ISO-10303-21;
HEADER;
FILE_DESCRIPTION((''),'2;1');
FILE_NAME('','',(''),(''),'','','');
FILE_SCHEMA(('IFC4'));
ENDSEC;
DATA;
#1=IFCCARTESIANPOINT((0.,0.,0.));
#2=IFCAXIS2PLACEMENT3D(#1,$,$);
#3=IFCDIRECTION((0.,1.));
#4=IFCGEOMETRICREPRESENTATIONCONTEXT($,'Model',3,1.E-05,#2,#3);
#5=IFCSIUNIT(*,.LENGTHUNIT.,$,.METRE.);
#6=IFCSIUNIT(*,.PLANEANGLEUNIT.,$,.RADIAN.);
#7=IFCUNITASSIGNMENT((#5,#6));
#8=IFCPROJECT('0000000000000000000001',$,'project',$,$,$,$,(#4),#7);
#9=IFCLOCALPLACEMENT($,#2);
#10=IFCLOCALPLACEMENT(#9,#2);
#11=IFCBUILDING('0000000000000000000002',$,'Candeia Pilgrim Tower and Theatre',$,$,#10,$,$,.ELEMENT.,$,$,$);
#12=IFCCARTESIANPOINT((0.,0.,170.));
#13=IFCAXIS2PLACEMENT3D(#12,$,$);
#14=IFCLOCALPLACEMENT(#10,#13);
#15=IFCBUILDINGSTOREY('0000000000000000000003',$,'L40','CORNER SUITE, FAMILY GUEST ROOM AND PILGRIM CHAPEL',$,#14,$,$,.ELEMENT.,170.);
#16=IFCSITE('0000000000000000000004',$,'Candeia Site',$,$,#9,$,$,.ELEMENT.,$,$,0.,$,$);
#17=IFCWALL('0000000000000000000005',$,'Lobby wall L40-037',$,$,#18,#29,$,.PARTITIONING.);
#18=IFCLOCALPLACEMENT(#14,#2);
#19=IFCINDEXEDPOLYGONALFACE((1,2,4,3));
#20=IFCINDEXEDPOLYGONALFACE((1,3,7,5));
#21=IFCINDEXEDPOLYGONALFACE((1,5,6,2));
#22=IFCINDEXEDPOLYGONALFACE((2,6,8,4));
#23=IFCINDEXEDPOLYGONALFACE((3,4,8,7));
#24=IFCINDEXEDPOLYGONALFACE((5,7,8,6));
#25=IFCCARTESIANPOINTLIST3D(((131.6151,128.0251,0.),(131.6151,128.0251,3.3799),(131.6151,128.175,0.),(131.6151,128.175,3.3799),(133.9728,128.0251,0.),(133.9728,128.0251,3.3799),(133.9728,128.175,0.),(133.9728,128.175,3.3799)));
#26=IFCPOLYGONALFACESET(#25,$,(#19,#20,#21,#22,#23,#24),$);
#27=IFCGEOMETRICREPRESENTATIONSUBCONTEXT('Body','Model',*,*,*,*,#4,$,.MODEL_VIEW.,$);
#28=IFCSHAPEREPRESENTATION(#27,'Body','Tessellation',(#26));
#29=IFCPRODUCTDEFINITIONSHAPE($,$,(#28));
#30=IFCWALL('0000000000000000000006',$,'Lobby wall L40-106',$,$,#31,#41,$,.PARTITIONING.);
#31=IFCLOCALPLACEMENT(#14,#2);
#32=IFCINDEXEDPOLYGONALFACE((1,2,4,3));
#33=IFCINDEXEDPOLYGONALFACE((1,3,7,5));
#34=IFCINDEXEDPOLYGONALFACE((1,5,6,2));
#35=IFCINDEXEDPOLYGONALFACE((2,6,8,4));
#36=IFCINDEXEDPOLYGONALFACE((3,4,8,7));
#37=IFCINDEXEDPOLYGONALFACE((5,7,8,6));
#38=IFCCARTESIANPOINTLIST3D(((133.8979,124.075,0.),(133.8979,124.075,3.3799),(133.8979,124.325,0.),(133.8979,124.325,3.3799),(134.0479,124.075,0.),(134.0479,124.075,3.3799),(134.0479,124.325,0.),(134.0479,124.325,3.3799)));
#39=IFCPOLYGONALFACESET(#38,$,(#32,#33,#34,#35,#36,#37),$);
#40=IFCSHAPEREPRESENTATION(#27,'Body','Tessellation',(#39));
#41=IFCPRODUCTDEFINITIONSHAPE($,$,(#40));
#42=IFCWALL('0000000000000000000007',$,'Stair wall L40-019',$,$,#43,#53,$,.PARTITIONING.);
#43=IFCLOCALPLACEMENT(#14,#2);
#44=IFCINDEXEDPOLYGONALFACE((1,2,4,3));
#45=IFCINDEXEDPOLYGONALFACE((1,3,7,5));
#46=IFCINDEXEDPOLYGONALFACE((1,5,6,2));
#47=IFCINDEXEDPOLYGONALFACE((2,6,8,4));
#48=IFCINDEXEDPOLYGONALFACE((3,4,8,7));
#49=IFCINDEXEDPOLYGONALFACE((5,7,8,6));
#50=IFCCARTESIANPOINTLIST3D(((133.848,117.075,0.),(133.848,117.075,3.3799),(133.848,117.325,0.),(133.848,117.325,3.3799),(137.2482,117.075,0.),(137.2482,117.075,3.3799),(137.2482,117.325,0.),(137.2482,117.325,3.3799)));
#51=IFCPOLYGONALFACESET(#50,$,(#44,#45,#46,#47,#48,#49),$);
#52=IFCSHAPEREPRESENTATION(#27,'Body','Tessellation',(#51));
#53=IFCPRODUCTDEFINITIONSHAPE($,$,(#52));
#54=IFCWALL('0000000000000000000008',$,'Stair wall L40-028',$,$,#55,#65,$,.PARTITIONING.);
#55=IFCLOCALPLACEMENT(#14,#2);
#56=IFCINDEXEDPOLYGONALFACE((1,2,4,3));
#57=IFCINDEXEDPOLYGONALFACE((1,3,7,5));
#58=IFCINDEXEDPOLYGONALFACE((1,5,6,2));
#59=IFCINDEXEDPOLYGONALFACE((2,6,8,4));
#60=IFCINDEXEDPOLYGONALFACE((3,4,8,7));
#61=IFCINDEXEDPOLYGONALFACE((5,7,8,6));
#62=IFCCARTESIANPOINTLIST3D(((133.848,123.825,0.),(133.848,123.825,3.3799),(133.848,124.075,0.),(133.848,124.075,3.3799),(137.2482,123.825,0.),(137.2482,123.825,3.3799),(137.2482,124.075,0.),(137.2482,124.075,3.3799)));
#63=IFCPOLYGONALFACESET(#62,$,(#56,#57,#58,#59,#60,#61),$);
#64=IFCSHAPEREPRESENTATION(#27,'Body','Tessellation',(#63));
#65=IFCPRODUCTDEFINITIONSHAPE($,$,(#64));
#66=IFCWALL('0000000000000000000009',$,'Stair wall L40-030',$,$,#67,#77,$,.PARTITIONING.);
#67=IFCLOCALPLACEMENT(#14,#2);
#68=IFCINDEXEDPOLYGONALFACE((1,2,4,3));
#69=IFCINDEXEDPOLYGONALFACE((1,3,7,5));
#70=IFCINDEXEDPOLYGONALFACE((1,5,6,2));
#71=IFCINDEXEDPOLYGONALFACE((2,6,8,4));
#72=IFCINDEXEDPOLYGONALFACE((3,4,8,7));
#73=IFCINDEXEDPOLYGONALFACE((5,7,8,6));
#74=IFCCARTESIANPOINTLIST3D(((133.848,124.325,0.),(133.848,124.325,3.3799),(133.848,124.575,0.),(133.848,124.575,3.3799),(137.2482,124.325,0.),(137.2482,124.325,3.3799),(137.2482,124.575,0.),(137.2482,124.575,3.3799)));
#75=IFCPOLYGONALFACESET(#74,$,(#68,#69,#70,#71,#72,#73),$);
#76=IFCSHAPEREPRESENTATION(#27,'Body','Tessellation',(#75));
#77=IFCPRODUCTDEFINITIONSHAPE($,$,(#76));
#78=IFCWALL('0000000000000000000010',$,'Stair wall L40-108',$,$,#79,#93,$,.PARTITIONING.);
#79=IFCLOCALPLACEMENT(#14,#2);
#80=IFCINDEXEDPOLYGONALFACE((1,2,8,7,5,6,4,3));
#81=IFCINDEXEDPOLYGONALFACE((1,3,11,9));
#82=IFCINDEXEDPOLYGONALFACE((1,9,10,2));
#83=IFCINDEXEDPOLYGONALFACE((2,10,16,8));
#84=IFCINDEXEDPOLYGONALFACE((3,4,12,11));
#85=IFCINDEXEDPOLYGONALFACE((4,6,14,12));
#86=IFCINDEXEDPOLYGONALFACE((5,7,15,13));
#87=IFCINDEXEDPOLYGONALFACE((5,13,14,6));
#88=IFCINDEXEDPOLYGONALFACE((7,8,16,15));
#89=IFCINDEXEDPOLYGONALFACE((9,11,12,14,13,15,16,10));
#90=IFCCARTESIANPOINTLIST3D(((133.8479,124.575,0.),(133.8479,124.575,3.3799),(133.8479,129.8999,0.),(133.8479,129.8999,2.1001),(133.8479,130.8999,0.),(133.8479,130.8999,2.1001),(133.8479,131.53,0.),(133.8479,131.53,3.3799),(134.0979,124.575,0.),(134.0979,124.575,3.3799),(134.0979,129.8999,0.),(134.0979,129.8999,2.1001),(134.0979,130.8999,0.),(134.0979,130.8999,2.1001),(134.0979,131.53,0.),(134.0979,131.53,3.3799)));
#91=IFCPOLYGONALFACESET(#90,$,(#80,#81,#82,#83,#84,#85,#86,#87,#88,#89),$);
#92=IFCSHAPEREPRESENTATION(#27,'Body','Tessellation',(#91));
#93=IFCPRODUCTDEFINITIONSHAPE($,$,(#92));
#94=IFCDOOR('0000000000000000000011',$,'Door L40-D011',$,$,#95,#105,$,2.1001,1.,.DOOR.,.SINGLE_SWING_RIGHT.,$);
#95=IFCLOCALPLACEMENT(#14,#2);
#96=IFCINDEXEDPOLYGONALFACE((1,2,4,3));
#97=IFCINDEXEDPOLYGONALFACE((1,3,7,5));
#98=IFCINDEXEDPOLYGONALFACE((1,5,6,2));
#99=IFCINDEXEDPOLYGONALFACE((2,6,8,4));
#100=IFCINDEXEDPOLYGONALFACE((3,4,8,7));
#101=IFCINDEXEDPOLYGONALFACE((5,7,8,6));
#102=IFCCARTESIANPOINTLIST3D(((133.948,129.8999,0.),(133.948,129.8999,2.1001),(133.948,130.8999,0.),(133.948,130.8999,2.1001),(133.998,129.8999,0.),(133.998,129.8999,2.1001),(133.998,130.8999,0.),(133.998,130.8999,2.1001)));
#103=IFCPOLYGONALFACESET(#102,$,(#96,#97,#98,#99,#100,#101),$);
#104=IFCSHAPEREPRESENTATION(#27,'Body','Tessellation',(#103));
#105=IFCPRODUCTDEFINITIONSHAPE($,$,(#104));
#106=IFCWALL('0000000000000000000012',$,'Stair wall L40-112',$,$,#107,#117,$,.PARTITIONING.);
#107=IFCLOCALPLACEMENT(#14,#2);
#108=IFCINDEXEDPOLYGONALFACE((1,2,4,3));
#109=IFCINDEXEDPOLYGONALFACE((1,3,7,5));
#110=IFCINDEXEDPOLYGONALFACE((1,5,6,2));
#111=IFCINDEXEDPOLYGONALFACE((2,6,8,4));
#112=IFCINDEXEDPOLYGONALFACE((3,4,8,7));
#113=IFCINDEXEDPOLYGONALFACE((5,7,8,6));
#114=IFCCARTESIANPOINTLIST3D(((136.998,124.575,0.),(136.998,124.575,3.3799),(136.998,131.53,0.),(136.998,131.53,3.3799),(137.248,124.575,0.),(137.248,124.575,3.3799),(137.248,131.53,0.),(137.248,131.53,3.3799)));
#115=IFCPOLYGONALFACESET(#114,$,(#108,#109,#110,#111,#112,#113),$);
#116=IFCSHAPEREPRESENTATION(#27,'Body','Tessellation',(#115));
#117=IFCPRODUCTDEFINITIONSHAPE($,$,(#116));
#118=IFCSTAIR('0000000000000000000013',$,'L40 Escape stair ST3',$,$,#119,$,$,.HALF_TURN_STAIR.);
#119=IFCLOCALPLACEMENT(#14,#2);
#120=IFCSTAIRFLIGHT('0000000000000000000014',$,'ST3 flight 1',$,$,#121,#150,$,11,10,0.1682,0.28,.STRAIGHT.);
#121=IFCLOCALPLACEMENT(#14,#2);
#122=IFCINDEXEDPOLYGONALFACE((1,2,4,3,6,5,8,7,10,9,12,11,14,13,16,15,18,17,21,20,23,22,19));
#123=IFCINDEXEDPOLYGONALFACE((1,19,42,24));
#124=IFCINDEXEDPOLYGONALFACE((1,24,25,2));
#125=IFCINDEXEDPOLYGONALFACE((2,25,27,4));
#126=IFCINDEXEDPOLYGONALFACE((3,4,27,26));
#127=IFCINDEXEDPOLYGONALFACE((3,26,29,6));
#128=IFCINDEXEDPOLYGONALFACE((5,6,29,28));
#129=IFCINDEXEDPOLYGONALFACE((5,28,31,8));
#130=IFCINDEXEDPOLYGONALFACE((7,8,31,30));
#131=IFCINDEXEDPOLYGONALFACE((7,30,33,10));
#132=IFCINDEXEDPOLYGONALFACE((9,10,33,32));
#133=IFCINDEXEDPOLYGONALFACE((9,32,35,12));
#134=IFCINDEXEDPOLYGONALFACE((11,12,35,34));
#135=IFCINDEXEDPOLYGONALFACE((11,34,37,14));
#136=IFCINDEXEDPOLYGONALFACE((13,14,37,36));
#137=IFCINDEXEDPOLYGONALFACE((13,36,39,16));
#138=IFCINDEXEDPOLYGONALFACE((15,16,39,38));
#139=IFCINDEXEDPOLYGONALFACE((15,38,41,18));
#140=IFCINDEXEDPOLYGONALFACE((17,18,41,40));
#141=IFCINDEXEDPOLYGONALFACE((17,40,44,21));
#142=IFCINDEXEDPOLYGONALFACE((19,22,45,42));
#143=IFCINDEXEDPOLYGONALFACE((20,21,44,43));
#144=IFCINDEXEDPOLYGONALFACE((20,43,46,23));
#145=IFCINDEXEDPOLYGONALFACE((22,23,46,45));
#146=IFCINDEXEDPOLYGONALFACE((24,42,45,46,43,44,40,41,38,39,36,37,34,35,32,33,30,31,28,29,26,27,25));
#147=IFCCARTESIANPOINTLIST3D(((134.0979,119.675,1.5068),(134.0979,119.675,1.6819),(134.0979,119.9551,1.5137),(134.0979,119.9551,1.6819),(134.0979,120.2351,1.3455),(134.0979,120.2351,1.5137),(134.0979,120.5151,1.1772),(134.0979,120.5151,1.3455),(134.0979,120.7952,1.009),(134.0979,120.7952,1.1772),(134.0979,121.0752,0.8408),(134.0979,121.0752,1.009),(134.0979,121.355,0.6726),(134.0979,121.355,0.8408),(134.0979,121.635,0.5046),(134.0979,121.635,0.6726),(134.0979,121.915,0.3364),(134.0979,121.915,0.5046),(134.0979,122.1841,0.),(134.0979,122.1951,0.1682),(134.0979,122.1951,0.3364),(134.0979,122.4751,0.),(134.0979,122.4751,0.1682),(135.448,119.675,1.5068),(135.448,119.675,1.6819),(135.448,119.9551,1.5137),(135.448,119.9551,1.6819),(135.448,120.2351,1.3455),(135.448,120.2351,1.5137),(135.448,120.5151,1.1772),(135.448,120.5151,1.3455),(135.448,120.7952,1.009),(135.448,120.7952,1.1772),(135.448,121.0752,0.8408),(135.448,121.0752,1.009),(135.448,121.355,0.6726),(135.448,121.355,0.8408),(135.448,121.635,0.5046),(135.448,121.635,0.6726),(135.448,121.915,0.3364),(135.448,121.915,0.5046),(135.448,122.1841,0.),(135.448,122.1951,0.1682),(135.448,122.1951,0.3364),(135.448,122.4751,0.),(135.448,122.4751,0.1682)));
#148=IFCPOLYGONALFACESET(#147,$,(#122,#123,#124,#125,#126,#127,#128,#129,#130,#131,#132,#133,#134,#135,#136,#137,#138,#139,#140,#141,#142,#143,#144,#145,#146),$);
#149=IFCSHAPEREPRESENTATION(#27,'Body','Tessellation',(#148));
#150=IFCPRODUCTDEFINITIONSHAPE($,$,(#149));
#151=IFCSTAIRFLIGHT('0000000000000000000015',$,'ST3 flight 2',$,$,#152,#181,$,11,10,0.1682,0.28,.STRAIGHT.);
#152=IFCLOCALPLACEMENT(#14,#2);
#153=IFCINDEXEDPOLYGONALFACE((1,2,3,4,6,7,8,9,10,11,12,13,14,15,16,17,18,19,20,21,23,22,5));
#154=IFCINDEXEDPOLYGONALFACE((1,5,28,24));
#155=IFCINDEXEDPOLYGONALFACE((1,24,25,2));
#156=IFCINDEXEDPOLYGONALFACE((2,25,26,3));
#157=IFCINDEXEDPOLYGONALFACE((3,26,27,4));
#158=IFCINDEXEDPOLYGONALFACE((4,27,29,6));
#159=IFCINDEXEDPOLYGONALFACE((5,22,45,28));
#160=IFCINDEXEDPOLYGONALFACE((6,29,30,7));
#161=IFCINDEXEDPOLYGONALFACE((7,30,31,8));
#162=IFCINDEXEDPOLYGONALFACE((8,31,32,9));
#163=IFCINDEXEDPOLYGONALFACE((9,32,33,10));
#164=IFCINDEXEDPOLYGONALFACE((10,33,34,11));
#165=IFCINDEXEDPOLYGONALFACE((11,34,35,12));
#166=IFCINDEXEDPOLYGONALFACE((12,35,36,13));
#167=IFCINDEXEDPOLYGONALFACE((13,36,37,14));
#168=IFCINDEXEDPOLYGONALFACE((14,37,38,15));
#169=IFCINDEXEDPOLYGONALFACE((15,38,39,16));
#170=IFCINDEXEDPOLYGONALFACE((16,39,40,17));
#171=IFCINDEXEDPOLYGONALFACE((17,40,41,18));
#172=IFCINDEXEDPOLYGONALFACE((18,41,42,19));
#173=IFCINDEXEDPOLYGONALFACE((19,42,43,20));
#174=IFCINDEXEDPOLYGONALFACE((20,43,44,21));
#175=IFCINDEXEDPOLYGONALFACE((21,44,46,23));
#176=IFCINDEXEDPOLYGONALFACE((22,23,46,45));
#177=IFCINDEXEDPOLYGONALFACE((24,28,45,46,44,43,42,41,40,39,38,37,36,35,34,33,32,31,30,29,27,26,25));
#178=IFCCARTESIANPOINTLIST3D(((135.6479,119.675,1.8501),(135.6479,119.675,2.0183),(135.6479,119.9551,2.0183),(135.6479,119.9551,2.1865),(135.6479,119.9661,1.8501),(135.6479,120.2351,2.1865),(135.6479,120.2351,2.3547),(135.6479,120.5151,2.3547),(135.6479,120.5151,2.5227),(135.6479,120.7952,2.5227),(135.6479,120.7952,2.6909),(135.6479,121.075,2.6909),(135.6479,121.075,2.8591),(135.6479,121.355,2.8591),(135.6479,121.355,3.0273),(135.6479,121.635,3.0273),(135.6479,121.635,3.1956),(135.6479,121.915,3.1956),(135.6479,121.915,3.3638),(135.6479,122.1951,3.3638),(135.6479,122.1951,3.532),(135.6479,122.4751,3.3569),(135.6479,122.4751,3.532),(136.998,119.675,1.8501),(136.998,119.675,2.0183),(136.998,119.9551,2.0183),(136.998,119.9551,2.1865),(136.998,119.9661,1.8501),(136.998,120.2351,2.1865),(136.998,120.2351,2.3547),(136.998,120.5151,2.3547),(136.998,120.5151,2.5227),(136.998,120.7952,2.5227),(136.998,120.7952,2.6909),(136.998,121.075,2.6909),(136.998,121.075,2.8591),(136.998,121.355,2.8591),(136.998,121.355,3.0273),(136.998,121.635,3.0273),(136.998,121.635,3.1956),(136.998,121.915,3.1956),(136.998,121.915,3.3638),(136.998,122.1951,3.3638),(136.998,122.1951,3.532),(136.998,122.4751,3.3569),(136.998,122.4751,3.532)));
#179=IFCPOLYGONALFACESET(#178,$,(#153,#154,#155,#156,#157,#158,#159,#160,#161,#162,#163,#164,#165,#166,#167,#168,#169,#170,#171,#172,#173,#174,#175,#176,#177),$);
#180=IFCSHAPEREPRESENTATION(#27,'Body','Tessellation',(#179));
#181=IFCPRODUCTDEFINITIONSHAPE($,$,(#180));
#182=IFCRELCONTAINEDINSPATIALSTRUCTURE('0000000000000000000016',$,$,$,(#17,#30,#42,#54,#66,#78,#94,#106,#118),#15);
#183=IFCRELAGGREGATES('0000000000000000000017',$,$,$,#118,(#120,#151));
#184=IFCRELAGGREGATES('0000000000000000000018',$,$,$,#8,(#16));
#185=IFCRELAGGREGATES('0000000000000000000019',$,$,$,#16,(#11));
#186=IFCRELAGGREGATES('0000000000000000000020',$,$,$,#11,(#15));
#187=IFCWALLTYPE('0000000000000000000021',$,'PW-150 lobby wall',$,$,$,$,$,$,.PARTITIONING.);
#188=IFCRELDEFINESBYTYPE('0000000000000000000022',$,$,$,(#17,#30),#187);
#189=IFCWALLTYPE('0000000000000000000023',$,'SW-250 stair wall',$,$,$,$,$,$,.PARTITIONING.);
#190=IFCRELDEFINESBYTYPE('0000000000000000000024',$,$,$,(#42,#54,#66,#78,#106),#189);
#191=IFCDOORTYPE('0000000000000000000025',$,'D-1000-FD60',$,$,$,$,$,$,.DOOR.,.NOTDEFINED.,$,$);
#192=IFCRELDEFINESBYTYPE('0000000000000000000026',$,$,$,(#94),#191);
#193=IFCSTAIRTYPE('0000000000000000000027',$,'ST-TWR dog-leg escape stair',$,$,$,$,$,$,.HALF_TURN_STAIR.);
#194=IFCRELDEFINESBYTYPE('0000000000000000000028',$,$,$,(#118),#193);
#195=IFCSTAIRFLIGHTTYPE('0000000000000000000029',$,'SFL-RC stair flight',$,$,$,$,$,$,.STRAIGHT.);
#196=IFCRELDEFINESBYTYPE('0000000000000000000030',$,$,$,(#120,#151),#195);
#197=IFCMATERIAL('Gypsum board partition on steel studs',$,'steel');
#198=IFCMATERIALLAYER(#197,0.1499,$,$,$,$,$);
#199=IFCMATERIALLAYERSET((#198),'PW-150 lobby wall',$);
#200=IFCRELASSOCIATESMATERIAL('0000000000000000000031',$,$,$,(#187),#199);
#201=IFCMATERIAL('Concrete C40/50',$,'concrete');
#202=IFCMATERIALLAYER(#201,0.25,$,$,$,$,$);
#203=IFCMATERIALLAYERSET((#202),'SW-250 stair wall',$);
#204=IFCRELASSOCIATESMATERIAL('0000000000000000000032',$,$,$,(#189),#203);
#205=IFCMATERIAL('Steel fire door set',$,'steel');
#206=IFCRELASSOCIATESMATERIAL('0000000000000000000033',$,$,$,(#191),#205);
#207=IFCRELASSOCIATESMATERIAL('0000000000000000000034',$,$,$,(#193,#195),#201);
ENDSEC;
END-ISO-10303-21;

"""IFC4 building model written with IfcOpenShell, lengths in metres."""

from ifc_helpers import new_model, si_unit, direction, frame, frame_2d, origin, place, context, subcontext, project, spatial, polyline, rectangle, outline, extrude, material, layer, layer_set, type_object, element, fill, aggregate, save


model = new_model("IFC4")

# Units and contexts
model_context = context("Model", 3, precision=1e-05, world=origin(), true_north=direction((0.0, 1.0)))
body_context = subcontext(model_context, "Body", "Model", "MODEL_VIEW")
ifc_project = project(units=[si_unit("LENGTHUNIT", "METRE"), si_unit("PLANEANGLEUNIT", "RADIAN")], contexts=[model_context])

# Site, building, storey
site_placement = place(None, origin())
site = spatial("IfcSite", under=ifc_project, at=site_placement, Name="Candeia Site", CompositionType="ELEMENT", RefElevation=0.0)
building_placement = place(site_placement, origin())
building = spatial("IfcBuilding", under=site, at=building_placement, Name="Candeia Pilgrim Tower and Theatre", CompositionType="ELEMENT")
storey_placement = place(building_placement, frame((0.0, 0.0, 170.0)))
storey = spatial("IfcBuildingStorey", under=building, at=storey_placement, Name="L40", Description="CORNER SUITE, FAMILY GUEST ROOM AND PILGRIM CHAPEL", CompositionType="ELEMENT", Elevation=170.0)

# Walls
ifc_material_1 = material(Name="Gypsum board partition on steel studs", Category="steel")
ifc_layer_1 = layer(ifc_material_1, 0.1499)
ifc_layer_set_1 = layer_set([ifc_layer_1], Name="PW-150 lobby wall")
wall_type_1 = type_object("IfcWallType", Name="PW-150 lobby wall", PredefinedType="PARTITIONING", material=ifc_layer_set_1)
wall_1_placement = place(storey_placement, frame((131.6152, 128.1001, 0.0), z_axis=(0.0, 0.0, 1.0), x_axis=(1.0, 0.0, 0.0)))
element("IfcWall", 1, at=wall_1_placement, inside=storey, type_object=wall_type_1, Name="Lobby wall L40-037", PredefinedType="PARTITIONING", context=body_context, shape_type="SweptSolid", body=[
    extrude(rectangle(XDim=2.3577, YDim=0.1499, at=frame_2d((1.1787, 0.0))), origin(), (0.0, 0.0, 1.0), 3.3799),
])
wall_2_placement = place(storey_placement, frame((133.9729, 124.075, 0.0), z_axis=(0.0, 0.0, 1.0), x_axis=(0.0, 1.0, 0.0)))
element("IfcWall", 2, at=wall_2_placement, inside=storey, type_object=wall_type_1, Name="Lobby wall L40-106", PredefinedType="PARTITIONING", context=body_context, shape_type="SweptSolid", body=[
    extrude(rectangle(XDim=0.25, YDim=0.1499, at=frame_2d((0.125, 0.0))), origin(), (0.0, 0.0, 1.0), 3.3799),
])
ifc_material_2 = material(Name="Concrete C40/50", Category="concrete")
ifc_layer_2 = layer(ifc_material_2, 0.25)
ifc_layer_set_2 = layer_set([ifc_layer_2], Name="SW-250 stair wall")
wall_type_2 = type_object("IfcWallType", Name="SW-250 stair wall", PredefinedType="PARTITIONING", material=ifc_layer_set_2)
for number, where, z_axis, x_axis, name in (
    (3, (133.8479, 117.2, 0.0), (0.0, 0.0, 1.0), (1.0, 0.0, 0.0), "Stair wall L40-019"),
    (4, (133.8479, 123.95, 0.0), (0.0, 0.0, 1.0), (1.0, 0.0, 0.0), "Stair wall L40-028"),
    (5, (133.8479, 124.45, 0.0), (0.0, 0.0, 1.0), (1.0, 0.0, 0.0), "Stair wall L40-030"),
):
    element("IfcWall", number, at=place(storey_placement, frame(where, z_axis=z_axis, x_axis=x_axis)), inside=storey, type_object=wall_type_2, Name=name, PredefinedType="PARTITIONING", context=body_context, shape_type="SweptSolid", body=[
        extrude(rectangle(XDim=3.4001, YDim=0.25, at=frame_2d((1.7002, 0.0))), origin(), (0.0, 0.0, 1.0), 3.3799),
    ])

# Wall, opening, door
wall_3_placement = place(storey_placement, frame((133.9729, 124.575, 0.0), z_axis=(0.0, 0.0, 1.0), x_axis=(0.0, 1.0, 0.0)))
wall_3 = element("IfcWall", 6, at=wall_3_placement, inside=storey, type_object=wall_type_2, Name="Stair wall L40-108", PredefinedType="PARTITIONING", context=body_context, shape_type="SweptSolid", body=[
    extrude(rectangle(XDim=6.9551, YDim=0.25, at=frame_2d((3.4775, 0.0))), origin(), (0.0, 0.0, 1.0), 3.3799),
])
opening_placement = place(wall_3_placement, frame((5.325, 0.0, 0.0)))
opening = element("IfcOpeningElement", 7, at=opening_placement, cuts=wall_3, PredefinedType="OPENING", context=body_context, shape_type="SweptSolid", body=[
    extrude(rectangle(XDim=1.0, YDim=2.1001, at=frame_2d((0.5, 1.05))), frame((0.0, 0.135, 0.0), z_axis=(0.0, -1.0, 0.0), x_axis=(1.0, 0.0, 0.0)), (0.0, 0.0, 1.0), 0.27),
])
ifc_material_3 = material(Name="Steel fire door set", Category="steel")
door_type = type_object("IfcDoorType", Name="D-1000-FD60", OperationType="NOTDEFINED", PredefinedType="DOOR", material=ifc_material_3)
door_placement = place(opening_placement, origin())
door = element("IfcDoor", 8, at=door_placement, inside=storey, type_object=door_type, Name="Door L40-D011", OperationType="SINGLE_SWING_RIGHT", OverallHeight=2.1001, OverallWidth=1.0, PredefinedType="DOOR", context=body_context, shape_type="SweptSolid", body=[
    extrude(rectangle(XDim=1.0, YDim=2.1001, at=frame_2d((0.5, 1.05))), frame((0.0, 0.0249, 0.0), z_axis=(0.0, -1.0, 0.0), x_axis=(1.0, 0.0, 0.0)), (0.0, 0.0, 1.0), 0.05),
])
fill(opening, door)

# Wall
wall_4_placement = place(storey_placement, frame((137.123, 124.575, 0.0), z_axis=(0.0, 0.0, 1.0), x_axis=(0.0, 1.0, 0.0)))
element("IfcWall", 9, at=wall_4_placement, inside=storey, type_object=wall_type_2, Name="Stair wall L40-112", PredefinedType="PARTITIONING", context=body_context, shape_type="SweptSolid", body=[
    extrude(rectangle(XDim=6.9551, YDim=0.25, at=frame_2d((3.4775, 0.0))), origin(), (0.0, 0.0, 1.0), 3.3799),
])

# Stair, stair flights
stair_type = type_object("IfcStairType", Name="ST-TWR dog-leg escape stair", PredefinedType="HALF_TURN_STAIR", material=ifc_material_2)
stair_1_placement = place(storey_placement, origin())
stair_1 = element("IfcStair", 10, at=stair_1_placement, inside=storey, type_object=stair_type, Name="L40 Escape stair ST3", PredefinedType="HALF_TURN_STAIR")
stair_flight_type = type_object("IfcStairFlightType", Name="SFL-RC stair flight", PredefinedType="STRAIGHT", material=ifc_material_2)
stair_flight_1_placement = place(storey_placement, frame((134.7729, 122.4751, 0.0), z_axis=(0.0, 0.0, 1.0), x_axis=(0.0, -1.0, 0.0)))
stair_flight_1 = element("IfcStairFlight", 11, at=stair_flight_1_placement, type_object=stair_flight_type, Name="ST3 flight 1", NumberOfRisers=11, NumberOfTreads=10, PredefinedType="STRAIGHT", RiserHeight=0.1682, TreadLength=0.28, context=body_context, shape_type="SweptSolid", body=[
    extrude(outline(polyline([(0.0, 0.0), (0.0, 0.1682), (0.28, 0.1682), (0.28, 0.3364), (0.5601, 0.3364), (0.5601, 0.5046), (0.8401, 0.5046), (0.8401, 0.6726), (1.1201, 0.6726), (1.1201, 0.8408), (1.3999, 0.8408), (1.3999, 1.009), (1.6799, 1.009), (1.6799, 1.1772), (1.96, 1.1772), (1.96, 1.3455), (2.24, 1.3455), (2.24, 1.5137), (2.52, 1.5137), (2.52, 1.6819), (2.8, 1.6819), (2.8, 1.8501), (2.8, 1.5068), (0.291, 0.0), (0.0, 0.0)])), frame((0.0, 0.675, 0.0), z_axis=(0.0, -1.0, 0.0), x_axis=(1.0, 0.0, 0.0)), (0.0, 0.0, 1.0), 1.3501),
])
stair_flight_2_placement = place(storey_placement, frame((136.323, 119.675, 1.8501), z_axis=(0.0, 0.0, 1.0), x_axis=(0.0, 1.0, 0.0)))
stair_flight_2 = element("IfcStairFlight", 12, at=stair_flight_2_placement, type_object=stair_flight_type, Name="ST3 flight 2", NumberOfRisers=11, NumberOfTreads=10, PredefinedType="STRAIGHT", RiserHeight=0.1682, TreadLength=0.28, context=body_context, shape_type="SweptSolid", body=[
    extrude(outline(polyline([(0.0, 0.0), (0.0, 0.1682), (0.28, 0.1682), (0.28, 0.3364), (0.5601, 0.3364), (0.5601, 0.5046), (0.8401, 0.5046), (0.8401, 0.6726), (1.1201, 0.6726), (1.1201, 0.8408), (1.3999, 0.8408), (1.3999, 1.009), (1.6799, 1.009), (1.6799, 1.1772), (1.96, 1.1772), (1.96, 1.3455), (2.24, 1.3455), (2.24, 1.5137), (2.52, 1.5137), (2.52, 1.6819), (2.8, 1.6819), (2.8, 1.8501), (2.8, 1.5068), (0.291, 0.0), (0.0, 0.0)])), frame((0.0, 0.675, 0.0), z_axis=(0.0, -1.0, 0.0), x_axis=(1.0, 0.0, 0.0)), (0.0, 0.0, 1.0), 1.3501),
])
aggregate(stair_1, [stair_flight_1, stair_flight_2])

save(model, "model.ifc")
